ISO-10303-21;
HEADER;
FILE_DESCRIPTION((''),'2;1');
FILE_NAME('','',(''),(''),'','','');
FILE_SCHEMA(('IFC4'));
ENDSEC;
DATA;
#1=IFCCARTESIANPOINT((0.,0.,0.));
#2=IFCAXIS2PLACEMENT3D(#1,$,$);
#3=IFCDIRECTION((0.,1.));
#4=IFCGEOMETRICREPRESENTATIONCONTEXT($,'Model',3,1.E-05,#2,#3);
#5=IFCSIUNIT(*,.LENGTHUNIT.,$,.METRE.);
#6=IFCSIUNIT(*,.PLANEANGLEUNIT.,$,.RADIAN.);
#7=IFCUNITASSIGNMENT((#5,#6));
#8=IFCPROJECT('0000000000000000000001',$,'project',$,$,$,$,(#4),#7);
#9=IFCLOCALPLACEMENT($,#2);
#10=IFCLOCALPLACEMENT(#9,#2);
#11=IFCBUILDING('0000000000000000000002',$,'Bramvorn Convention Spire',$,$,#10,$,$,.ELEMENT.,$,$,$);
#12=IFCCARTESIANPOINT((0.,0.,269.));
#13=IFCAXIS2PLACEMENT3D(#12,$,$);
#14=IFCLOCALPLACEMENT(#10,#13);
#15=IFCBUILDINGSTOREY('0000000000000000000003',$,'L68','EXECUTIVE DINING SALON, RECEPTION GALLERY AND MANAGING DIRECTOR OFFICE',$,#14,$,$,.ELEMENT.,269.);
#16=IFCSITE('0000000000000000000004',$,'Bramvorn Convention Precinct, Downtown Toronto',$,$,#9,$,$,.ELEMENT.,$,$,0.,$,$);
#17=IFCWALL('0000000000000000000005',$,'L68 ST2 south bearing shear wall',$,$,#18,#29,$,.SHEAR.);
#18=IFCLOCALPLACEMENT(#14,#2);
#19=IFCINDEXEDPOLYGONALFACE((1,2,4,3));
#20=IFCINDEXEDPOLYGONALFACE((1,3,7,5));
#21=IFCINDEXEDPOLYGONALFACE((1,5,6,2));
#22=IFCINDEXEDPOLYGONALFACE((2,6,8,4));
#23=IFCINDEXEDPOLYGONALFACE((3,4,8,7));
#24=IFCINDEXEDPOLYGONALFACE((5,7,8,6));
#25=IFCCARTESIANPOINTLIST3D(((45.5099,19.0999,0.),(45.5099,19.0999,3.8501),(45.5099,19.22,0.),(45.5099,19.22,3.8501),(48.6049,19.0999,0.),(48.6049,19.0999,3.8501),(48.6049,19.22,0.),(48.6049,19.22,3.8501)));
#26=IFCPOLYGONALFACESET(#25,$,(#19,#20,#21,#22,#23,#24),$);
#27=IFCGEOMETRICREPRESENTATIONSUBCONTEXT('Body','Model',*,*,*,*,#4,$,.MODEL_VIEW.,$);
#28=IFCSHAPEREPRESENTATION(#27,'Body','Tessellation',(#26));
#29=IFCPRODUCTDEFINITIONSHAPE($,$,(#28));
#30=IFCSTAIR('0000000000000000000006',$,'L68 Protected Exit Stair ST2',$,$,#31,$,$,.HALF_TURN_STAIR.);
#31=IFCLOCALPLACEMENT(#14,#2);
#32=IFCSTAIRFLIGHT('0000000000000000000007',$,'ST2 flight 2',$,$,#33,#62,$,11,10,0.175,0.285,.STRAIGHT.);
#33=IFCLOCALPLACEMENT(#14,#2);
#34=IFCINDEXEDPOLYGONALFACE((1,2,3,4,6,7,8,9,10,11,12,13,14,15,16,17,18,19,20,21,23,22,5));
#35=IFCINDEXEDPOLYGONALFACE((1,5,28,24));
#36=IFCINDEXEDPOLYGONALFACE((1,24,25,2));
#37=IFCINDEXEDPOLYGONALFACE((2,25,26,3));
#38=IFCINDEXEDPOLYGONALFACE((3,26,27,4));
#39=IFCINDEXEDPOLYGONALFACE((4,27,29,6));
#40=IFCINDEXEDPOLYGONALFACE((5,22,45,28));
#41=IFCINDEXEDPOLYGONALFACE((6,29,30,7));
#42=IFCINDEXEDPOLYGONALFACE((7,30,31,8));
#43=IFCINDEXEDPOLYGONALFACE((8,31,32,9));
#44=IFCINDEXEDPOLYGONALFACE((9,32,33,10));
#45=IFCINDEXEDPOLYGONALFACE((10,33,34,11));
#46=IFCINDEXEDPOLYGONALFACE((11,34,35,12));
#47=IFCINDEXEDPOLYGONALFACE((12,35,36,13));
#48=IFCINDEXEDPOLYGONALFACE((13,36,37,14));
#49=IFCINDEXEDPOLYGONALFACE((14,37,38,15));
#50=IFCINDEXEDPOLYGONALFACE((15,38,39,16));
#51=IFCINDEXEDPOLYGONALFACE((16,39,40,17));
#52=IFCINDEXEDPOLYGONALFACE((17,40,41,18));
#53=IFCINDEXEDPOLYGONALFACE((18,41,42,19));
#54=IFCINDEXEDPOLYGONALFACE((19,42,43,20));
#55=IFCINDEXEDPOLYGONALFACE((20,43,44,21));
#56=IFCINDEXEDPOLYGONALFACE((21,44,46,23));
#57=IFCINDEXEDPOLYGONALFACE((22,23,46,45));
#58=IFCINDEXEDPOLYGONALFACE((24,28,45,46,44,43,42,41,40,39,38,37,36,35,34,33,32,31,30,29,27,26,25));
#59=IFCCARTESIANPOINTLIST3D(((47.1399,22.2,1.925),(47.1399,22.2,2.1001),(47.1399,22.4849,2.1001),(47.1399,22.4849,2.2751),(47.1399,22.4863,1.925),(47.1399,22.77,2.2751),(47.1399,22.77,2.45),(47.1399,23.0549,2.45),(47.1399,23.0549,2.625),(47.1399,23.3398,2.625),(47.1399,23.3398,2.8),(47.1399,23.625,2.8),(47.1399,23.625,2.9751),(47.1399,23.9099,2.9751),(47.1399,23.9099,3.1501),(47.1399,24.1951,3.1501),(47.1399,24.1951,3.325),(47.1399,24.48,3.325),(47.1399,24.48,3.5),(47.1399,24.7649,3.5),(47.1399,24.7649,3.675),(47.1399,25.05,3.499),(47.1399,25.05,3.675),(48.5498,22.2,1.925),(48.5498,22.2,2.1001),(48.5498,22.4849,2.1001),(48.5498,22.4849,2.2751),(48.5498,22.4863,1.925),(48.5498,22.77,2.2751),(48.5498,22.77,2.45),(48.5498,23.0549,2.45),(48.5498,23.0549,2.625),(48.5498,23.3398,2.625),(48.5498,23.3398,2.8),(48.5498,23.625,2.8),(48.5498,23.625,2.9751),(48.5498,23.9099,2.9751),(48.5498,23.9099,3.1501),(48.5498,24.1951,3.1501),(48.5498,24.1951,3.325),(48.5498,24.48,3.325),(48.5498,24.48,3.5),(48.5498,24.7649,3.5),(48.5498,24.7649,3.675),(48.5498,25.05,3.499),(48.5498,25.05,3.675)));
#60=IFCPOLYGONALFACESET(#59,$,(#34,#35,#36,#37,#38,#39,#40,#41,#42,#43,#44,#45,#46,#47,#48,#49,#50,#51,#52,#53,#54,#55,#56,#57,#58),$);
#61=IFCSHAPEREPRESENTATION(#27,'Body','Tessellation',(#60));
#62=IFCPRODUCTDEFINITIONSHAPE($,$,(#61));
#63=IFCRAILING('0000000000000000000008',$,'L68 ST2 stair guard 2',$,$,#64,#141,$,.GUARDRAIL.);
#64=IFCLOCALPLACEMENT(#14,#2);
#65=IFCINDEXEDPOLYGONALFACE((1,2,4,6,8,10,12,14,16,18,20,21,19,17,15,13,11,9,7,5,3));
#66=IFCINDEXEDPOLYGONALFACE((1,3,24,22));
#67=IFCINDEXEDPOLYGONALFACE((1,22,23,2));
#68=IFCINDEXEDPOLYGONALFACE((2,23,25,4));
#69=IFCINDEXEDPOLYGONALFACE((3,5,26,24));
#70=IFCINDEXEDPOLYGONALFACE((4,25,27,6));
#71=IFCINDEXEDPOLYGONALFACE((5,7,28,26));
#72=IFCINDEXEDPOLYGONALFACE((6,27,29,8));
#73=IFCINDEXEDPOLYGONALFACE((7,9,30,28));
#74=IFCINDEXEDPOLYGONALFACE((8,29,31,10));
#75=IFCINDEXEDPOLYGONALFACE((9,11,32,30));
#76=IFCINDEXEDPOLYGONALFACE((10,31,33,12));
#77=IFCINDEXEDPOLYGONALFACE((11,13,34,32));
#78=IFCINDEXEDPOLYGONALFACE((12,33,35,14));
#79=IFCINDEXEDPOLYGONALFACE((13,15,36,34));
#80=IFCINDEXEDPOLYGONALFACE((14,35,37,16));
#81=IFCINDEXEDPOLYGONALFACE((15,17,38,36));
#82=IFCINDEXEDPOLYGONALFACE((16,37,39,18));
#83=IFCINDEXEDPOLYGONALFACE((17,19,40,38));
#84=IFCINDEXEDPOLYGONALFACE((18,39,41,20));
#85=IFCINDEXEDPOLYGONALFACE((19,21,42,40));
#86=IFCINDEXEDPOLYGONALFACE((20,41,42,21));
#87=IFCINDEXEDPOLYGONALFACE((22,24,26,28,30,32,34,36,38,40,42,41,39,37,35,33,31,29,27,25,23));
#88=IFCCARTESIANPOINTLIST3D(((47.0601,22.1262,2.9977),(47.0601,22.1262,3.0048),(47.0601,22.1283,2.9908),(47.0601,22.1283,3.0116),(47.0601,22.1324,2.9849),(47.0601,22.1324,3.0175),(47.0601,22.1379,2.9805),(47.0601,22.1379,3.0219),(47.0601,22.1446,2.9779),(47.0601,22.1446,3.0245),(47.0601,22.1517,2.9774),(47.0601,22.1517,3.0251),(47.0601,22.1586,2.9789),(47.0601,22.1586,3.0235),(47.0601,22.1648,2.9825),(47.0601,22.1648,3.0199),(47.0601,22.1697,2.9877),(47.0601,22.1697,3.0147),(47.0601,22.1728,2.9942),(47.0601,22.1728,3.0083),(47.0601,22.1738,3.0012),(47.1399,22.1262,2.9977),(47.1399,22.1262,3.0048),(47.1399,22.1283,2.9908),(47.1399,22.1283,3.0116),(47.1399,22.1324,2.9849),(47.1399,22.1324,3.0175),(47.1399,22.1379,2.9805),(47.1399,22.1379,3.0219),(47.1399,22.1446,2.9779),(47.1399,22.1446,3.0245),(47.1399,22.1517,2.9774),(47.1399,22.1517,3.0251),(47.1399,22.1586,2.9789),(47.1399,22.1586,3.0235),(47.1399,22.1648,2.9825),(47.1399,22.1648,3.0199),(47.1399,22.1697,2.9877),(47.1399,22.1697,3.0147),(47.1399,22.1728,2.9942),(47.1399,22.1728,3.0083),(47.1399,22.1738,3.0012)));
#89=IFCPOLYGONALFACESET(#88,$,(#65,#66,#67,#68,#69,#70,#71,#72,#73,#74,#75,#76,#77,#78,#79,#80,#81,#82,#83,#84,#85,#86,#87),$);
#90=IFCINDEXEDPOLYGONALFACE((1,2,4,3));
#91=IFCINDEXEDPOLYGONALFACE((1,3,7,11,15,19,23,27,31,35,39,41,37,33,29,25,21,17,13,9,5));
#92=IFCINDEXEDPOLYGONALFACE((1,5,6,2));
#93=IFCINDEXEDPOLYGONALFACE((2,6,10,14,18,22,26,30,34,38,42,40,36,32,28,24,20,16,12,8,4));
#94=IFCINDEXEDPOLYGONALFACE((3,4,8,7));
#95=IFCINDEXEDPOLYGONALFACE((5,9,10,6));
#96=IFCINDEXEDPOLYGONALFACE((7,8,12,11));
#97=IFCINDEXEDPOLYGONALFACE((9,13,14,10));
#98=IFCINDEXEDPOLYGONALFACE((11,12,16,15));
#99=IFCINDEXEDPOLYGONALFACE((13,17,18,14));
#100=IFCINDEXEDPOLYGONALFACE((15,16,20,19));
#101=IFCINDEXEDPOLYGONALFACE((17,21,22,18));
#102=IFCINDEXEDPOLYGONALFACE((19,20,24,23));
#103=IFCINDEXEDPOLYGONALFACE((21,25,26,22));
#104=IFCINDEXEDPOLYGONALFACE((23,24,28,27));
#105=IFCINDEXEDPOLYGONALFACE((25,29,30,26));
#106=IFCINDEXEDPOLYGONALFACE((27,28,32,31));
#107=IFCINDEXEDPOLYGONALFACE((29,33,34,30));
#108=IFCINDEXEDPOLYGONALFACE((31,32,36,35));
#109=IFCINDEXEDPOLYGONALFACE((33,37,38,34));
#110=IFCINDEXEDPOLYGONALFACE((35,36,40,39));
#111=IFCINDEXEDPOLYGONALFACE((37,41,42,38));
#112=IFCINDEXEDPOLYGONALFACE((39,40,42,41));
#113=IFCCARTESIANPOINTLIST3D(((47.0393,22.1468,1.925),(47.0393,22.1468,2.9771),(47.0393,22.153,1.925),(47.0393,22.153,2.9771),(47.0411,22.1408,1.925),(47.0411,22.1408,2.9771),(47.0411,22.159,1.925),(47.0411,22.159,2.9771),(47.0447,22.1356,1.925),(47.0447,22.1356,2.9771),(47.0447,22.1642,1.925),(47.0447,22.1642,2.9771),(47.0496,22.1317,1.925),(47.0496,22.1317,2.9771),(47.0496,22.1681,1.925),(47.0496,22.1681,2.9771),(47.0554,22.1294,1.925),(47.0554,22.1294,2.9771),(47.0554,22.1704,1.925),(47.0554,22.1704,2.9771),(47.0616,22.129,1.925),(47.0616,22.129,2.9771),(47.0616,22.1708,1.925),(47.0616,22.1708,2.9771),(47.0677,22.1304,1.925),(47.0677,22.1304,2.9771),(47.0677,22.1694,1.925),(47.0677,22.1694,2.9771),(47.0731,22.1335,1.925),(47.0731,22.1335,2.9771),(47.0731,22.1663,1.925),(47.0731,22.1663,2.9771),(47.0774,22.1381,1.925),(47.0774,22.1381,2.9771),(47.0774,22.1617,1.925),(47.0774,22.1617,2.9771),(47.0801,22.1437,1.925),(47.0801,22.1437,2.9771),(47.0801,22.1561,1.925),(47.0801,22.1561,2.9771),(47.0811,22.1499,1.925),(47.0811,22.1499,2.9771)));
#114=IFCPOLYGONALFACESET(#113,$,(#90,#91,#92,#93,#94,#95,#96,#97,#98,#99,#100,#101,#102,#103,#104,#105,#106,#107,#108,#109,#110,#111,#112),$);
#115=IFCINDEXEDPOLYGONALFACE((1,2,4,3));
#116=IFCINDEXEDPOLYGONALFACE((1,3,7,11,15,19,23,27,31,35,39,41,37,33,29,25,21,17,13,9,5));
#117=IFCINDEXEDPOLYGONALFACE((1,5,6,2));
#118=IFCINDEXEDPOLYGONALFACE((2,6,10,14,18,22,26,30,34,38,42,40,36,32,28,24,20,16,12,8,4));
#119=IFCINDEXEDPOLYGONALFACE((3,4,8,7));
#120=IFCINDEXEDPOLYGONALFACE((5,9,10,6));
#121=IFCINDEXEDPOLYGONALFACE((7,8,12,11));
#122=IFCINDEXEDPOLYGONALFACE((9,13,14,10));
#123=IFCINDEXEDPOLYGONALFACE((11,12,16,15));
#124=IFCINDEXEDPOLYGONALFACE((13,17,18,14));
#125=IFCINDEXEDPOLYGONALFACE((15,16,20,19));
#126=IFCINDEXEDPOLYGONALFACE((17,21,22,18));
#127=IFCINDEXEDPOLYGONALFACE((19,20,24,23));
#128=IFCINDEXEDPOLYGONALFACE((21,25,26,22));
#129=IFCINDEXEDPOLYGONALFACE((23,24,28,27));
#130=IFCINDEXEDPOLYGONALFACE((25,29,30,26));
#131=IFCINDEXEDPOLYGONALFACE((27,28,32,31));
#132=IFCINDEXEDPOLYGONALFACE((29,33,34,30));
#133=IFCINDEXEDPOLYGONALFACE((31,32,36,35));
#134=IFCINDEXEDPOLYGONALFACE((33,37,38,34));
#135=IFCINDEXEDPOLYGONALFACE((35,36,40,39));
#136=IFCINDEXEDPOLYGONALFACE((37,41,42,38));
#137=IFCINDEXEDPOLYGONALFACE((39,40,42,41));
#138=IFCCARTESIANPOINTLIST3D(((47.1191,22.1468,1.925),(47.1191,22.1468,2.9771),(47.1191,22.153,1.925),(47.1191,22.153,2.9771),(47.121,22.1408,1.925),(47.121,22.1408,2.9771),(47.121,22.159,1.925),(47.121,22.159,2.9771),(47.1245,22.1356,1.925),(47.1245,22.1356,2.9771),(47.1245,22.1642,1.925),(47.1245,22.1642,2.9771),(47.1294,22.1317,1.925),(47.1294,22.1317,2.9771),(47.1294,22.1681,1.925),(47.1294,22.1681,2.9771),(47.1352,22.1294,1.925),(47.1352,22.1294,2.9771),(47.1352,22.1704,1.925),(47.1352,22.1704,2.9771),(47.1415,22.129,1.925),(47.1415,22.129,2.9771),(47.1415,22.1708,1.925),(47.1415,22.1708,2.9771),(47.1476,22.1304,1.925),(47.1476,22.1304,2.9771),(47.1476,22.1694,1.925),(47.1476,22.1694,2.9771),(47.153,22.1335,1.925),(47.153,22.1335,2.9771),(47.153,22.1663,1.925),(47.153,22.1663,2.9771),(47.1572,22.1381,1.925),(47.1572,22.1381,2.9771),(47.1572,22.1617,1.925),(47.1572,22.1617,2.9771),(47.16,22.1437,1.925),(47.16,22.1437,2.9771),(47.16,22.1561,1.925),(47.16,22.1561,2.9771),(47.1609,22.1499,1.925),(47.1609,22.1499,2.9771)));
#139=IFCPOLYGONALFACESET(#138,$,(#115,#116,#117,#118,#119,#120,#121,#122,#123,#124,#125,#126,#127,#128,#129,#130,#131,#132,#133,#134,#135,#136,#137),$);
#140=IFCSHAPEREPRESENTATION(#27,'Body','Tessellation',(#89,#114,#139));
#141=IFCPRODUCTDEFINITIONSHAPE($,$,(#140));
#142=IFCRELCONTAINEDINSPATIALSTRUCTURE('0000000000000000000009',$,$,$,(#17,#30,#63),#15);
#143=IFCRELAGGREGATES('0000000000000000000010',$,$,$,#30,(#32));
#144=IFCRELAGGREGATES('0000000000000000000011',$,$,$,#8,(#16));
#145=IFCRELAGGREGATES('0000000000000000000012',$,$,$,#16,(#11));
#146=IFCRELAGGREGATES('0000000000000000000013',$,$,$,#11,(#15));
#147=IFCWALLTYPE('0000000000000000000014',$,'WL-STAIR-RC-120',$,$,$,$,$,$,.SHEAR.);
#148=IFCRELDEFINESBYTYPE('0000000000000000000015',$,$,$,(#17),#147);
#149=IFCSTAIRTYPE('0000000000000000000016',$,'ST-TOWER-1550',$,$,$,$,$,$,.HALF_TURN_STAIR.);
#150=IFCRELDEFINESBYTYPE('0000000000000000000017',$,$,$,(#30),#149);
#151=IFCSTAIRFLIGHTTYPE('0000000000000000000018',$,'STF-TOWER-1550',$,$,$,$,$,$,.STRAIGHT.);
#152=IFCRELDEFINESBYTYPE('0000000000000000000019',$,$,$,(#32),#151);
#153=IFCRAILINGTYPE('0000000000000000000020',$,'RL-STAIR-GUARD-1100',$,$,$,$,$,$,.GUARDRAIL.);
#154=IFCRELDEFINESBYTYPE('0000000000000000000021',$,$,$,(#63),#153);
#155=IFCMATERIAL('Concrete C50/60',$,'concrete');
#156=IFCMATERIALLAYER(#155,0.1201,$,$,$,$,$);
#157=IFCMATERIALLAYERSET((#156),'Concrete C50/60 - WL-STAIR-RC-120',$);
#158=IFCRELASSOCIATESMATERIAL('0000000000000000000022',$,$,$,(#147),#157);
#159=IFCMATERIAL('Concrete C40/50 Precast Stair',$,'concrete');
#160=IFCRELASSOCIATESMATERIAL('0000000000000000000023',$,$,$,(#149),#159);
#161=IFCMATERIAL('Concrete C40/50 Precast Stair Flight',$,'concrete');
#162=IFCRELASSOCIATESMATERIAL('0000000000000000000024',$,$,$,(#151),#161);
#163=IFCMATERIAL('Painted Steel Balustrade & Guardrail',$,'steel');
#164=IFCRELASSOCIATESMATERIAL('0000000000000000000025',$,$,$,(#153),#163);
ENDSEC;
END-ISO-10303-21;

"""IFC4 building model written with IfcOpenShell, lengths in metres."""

from ifc_helpers import new_model, si_unit, direction, frame, frame_2d, origin, origin_2d, place, context, subcontext, project, spatial, polyline, rectangle, circle, outline, extrude, material, layer, layer_set, type_object, element, aggregate, save


model = new_model("IFC4")

# Units and contexts
model_context = context("Model", 3, precision=1e-05, world=origin(), true_north=direction((0.0, 1.0)))
body_context = subcontext(model_context, "Body", "Model", "MODEL_VIEW")
ifc_project = project(units=[si_unit("LENGTHUNIT", "METRE"), si_unit("PLANEANGLEUNIT", "RADIAN")], contexts=[model_context])

# Site, building, storey
site_placement = place(None, origin())
site = spatial("IfcSite", under=ifc_project, at=site_placement, Name="Bramvorn Convention Precinct, Downtown Toronto", CompositionType="ELEMENT", RefElevation=0.0)
building_placement = place(site_placement, origin())
building = spatial("IfcBuilding", under=site, at=building_placement, Name="Bramvorn Convention Spire", CompositionType="ELEMENT")
storey_placement = place(building_placement, frame((0.0, 0.0, 269.0)))
storey = spatial("IfcBuildingStorey", under=building, at=storey_placement, Name="L68", Description="EXECUTIVE DINING SALON, RECEPTION GALLERY AND MANAGING DIRECTOR OFFICE", CompositionType="ELEMENT", Elevation=269.0)

# Shared definitions
ifc_material_1 = material(Name="Concrete C50/60", Category="concrete")

# Wall
ifc_layer_1 = layer(ifc_material_1, 0.1201)
ifc_layer_set_1 = layer_set([ifc_layer_1], Name="Concrete C50/60 - WL-STAIR-RC-120")
wall_type_1 = type_object("IfcWallType", Name="WL-STAIR-RC-120", PredefinedType="SHEAR", material=ifc_layer_set_1)
wall_1_placement = place(storey_placement, frame((45.51, 19.1599, 0.0), z_axis=(0.0, 0.0, 1.0), x_axis=(1.0, 0.0, 0.0)))
element("IfcWall", 1, at=wall_1_placement, inside=storey, type_object=wall_type_1, Name="L68 ST2 south bearing shear wall", PredefinedType="SHEAR", context=body_context, shape_type="SweptSolid", body=[
    extrude(rectangle(XDim=3.095, YDim=0.1201, at=frame_2d((1.5474, 0.0))), origin(), (0.0, 0.0, 1.0), 3.8501),
])

# Stair, stair flight
ifc_material_2 = material(Name="Concrete C40/50 Precast Stair", Category="concrete")
stair_type = type_object("IfcStairType", Name="ST-TOWER-1550", PredefinedType="HALF_TURN_STAIR", material=ifc_material_2)
stair_placement = place(storey_placement, origin())
stair = element("IfcStair", 2, at=stair_placement, inside=storey, type_object=stair_type, Name="L68 Protected Exit Stair ST2", PredefinedType="HALF_TURN_STAIR")
ifc_material_3 = material(Name="Concrete C40/50 Precast Stair Flight", Category="concrete")
stair_flight_type = type_object("IfcStairFlightType", Name="STF-TOWER-1550", PredefinedType="STRAIGHT", material=ifc_material_3)
stair_flight_placement = place(storey_placement, frame((47.845, 22.2, 1.925), z_axis=(0.0, 0.0, 1.0), x_axis=(0.0, 1.0, 0.0)))
stair_flight = element("IfcStairFlight", 3, at=stair_flight_placement, type_object=stair_flight_type, Name="ST2 flight 2", NumberOfRisers=11, NumberOfTreads=10, PredefinedType="STRAIGHT", RiserHeight=0.175, TreadLength=0.285, context=body_context, shape_type="SweptSolid", body=[
    extrude(outline(polyline([(0.0, 0.0), (0.0, 0.175), (0.2849, 0.175), (0.2849, 0.3501), (0.5701, 0.3501), (0.5701, 0.5249), (0.855, 0.5249), (0.855, 0.7), (1.1399, 0.7), (1.1399, 0.875), (1.425, 0.875), (1.425, 1.05), (1.71, 1.05), (1.71, 1.2251), (1.9951, 1.2251), (1.9951, 1.3999), (2.28, 1.3999), (2.28, 1.575), (2.5649, 1.575), (2.5649, 1.75), (2.8501, 1.75), (2.8501, 1.925), (2.8501, 1.574), (0.2864, 0.0), (0.0, 0.0)])), frame((0.0, 0.7051, 0.0), z_axis=(0.0, -1.0, 0.0), x_axis=(1.0, 0.0, 0.0)), (0.0, 0.0, 1.0), 1.4099),
])
aggregate(stair, [stair_flight])

# Railing
ifc_material_4 = material(Name="Painted Steel Balustrade & Guardrail", Category="steel")
railing_type = type_object("IfcRailingType", Name="RL-STAIR-GUARD-1100", PredefinedType="GUARDRAIL", material=ifc_material_4)
railing_1_placement = place(storey_placement, frame((47.0601, 22.1499, 1.925)))
element("IfcRailing", 4, at=railing_1_placement, inside=storey, type_object=railing_type, Name="L68 ST2 stair guard 2", PredefinedType="GUARDRAIL", context=body_context, shape_type="SweptSolid", body=[
    extrude(circle(Radius=0.0239, at=origin_2d()), frame((0.0, 0.0, 1.0762), z_axis=(1.0, 0.0, 0.0), x_axis=(0.0, 1.0, 0.0)), (0.0, 0.0, 1.0), 0.0798),
    extrude(circle(Radius=0.021, at=origin_2d()), origin(), (0.0, 0.0, 1.0), 1.052),
    extrude(circle(Radius=0.021, at=origin_2d()), frame((0.0798, 0.0, 0.0)), (0.0, 0.0, 1.0), 1.052),
])

save(model, "model.ifc")
